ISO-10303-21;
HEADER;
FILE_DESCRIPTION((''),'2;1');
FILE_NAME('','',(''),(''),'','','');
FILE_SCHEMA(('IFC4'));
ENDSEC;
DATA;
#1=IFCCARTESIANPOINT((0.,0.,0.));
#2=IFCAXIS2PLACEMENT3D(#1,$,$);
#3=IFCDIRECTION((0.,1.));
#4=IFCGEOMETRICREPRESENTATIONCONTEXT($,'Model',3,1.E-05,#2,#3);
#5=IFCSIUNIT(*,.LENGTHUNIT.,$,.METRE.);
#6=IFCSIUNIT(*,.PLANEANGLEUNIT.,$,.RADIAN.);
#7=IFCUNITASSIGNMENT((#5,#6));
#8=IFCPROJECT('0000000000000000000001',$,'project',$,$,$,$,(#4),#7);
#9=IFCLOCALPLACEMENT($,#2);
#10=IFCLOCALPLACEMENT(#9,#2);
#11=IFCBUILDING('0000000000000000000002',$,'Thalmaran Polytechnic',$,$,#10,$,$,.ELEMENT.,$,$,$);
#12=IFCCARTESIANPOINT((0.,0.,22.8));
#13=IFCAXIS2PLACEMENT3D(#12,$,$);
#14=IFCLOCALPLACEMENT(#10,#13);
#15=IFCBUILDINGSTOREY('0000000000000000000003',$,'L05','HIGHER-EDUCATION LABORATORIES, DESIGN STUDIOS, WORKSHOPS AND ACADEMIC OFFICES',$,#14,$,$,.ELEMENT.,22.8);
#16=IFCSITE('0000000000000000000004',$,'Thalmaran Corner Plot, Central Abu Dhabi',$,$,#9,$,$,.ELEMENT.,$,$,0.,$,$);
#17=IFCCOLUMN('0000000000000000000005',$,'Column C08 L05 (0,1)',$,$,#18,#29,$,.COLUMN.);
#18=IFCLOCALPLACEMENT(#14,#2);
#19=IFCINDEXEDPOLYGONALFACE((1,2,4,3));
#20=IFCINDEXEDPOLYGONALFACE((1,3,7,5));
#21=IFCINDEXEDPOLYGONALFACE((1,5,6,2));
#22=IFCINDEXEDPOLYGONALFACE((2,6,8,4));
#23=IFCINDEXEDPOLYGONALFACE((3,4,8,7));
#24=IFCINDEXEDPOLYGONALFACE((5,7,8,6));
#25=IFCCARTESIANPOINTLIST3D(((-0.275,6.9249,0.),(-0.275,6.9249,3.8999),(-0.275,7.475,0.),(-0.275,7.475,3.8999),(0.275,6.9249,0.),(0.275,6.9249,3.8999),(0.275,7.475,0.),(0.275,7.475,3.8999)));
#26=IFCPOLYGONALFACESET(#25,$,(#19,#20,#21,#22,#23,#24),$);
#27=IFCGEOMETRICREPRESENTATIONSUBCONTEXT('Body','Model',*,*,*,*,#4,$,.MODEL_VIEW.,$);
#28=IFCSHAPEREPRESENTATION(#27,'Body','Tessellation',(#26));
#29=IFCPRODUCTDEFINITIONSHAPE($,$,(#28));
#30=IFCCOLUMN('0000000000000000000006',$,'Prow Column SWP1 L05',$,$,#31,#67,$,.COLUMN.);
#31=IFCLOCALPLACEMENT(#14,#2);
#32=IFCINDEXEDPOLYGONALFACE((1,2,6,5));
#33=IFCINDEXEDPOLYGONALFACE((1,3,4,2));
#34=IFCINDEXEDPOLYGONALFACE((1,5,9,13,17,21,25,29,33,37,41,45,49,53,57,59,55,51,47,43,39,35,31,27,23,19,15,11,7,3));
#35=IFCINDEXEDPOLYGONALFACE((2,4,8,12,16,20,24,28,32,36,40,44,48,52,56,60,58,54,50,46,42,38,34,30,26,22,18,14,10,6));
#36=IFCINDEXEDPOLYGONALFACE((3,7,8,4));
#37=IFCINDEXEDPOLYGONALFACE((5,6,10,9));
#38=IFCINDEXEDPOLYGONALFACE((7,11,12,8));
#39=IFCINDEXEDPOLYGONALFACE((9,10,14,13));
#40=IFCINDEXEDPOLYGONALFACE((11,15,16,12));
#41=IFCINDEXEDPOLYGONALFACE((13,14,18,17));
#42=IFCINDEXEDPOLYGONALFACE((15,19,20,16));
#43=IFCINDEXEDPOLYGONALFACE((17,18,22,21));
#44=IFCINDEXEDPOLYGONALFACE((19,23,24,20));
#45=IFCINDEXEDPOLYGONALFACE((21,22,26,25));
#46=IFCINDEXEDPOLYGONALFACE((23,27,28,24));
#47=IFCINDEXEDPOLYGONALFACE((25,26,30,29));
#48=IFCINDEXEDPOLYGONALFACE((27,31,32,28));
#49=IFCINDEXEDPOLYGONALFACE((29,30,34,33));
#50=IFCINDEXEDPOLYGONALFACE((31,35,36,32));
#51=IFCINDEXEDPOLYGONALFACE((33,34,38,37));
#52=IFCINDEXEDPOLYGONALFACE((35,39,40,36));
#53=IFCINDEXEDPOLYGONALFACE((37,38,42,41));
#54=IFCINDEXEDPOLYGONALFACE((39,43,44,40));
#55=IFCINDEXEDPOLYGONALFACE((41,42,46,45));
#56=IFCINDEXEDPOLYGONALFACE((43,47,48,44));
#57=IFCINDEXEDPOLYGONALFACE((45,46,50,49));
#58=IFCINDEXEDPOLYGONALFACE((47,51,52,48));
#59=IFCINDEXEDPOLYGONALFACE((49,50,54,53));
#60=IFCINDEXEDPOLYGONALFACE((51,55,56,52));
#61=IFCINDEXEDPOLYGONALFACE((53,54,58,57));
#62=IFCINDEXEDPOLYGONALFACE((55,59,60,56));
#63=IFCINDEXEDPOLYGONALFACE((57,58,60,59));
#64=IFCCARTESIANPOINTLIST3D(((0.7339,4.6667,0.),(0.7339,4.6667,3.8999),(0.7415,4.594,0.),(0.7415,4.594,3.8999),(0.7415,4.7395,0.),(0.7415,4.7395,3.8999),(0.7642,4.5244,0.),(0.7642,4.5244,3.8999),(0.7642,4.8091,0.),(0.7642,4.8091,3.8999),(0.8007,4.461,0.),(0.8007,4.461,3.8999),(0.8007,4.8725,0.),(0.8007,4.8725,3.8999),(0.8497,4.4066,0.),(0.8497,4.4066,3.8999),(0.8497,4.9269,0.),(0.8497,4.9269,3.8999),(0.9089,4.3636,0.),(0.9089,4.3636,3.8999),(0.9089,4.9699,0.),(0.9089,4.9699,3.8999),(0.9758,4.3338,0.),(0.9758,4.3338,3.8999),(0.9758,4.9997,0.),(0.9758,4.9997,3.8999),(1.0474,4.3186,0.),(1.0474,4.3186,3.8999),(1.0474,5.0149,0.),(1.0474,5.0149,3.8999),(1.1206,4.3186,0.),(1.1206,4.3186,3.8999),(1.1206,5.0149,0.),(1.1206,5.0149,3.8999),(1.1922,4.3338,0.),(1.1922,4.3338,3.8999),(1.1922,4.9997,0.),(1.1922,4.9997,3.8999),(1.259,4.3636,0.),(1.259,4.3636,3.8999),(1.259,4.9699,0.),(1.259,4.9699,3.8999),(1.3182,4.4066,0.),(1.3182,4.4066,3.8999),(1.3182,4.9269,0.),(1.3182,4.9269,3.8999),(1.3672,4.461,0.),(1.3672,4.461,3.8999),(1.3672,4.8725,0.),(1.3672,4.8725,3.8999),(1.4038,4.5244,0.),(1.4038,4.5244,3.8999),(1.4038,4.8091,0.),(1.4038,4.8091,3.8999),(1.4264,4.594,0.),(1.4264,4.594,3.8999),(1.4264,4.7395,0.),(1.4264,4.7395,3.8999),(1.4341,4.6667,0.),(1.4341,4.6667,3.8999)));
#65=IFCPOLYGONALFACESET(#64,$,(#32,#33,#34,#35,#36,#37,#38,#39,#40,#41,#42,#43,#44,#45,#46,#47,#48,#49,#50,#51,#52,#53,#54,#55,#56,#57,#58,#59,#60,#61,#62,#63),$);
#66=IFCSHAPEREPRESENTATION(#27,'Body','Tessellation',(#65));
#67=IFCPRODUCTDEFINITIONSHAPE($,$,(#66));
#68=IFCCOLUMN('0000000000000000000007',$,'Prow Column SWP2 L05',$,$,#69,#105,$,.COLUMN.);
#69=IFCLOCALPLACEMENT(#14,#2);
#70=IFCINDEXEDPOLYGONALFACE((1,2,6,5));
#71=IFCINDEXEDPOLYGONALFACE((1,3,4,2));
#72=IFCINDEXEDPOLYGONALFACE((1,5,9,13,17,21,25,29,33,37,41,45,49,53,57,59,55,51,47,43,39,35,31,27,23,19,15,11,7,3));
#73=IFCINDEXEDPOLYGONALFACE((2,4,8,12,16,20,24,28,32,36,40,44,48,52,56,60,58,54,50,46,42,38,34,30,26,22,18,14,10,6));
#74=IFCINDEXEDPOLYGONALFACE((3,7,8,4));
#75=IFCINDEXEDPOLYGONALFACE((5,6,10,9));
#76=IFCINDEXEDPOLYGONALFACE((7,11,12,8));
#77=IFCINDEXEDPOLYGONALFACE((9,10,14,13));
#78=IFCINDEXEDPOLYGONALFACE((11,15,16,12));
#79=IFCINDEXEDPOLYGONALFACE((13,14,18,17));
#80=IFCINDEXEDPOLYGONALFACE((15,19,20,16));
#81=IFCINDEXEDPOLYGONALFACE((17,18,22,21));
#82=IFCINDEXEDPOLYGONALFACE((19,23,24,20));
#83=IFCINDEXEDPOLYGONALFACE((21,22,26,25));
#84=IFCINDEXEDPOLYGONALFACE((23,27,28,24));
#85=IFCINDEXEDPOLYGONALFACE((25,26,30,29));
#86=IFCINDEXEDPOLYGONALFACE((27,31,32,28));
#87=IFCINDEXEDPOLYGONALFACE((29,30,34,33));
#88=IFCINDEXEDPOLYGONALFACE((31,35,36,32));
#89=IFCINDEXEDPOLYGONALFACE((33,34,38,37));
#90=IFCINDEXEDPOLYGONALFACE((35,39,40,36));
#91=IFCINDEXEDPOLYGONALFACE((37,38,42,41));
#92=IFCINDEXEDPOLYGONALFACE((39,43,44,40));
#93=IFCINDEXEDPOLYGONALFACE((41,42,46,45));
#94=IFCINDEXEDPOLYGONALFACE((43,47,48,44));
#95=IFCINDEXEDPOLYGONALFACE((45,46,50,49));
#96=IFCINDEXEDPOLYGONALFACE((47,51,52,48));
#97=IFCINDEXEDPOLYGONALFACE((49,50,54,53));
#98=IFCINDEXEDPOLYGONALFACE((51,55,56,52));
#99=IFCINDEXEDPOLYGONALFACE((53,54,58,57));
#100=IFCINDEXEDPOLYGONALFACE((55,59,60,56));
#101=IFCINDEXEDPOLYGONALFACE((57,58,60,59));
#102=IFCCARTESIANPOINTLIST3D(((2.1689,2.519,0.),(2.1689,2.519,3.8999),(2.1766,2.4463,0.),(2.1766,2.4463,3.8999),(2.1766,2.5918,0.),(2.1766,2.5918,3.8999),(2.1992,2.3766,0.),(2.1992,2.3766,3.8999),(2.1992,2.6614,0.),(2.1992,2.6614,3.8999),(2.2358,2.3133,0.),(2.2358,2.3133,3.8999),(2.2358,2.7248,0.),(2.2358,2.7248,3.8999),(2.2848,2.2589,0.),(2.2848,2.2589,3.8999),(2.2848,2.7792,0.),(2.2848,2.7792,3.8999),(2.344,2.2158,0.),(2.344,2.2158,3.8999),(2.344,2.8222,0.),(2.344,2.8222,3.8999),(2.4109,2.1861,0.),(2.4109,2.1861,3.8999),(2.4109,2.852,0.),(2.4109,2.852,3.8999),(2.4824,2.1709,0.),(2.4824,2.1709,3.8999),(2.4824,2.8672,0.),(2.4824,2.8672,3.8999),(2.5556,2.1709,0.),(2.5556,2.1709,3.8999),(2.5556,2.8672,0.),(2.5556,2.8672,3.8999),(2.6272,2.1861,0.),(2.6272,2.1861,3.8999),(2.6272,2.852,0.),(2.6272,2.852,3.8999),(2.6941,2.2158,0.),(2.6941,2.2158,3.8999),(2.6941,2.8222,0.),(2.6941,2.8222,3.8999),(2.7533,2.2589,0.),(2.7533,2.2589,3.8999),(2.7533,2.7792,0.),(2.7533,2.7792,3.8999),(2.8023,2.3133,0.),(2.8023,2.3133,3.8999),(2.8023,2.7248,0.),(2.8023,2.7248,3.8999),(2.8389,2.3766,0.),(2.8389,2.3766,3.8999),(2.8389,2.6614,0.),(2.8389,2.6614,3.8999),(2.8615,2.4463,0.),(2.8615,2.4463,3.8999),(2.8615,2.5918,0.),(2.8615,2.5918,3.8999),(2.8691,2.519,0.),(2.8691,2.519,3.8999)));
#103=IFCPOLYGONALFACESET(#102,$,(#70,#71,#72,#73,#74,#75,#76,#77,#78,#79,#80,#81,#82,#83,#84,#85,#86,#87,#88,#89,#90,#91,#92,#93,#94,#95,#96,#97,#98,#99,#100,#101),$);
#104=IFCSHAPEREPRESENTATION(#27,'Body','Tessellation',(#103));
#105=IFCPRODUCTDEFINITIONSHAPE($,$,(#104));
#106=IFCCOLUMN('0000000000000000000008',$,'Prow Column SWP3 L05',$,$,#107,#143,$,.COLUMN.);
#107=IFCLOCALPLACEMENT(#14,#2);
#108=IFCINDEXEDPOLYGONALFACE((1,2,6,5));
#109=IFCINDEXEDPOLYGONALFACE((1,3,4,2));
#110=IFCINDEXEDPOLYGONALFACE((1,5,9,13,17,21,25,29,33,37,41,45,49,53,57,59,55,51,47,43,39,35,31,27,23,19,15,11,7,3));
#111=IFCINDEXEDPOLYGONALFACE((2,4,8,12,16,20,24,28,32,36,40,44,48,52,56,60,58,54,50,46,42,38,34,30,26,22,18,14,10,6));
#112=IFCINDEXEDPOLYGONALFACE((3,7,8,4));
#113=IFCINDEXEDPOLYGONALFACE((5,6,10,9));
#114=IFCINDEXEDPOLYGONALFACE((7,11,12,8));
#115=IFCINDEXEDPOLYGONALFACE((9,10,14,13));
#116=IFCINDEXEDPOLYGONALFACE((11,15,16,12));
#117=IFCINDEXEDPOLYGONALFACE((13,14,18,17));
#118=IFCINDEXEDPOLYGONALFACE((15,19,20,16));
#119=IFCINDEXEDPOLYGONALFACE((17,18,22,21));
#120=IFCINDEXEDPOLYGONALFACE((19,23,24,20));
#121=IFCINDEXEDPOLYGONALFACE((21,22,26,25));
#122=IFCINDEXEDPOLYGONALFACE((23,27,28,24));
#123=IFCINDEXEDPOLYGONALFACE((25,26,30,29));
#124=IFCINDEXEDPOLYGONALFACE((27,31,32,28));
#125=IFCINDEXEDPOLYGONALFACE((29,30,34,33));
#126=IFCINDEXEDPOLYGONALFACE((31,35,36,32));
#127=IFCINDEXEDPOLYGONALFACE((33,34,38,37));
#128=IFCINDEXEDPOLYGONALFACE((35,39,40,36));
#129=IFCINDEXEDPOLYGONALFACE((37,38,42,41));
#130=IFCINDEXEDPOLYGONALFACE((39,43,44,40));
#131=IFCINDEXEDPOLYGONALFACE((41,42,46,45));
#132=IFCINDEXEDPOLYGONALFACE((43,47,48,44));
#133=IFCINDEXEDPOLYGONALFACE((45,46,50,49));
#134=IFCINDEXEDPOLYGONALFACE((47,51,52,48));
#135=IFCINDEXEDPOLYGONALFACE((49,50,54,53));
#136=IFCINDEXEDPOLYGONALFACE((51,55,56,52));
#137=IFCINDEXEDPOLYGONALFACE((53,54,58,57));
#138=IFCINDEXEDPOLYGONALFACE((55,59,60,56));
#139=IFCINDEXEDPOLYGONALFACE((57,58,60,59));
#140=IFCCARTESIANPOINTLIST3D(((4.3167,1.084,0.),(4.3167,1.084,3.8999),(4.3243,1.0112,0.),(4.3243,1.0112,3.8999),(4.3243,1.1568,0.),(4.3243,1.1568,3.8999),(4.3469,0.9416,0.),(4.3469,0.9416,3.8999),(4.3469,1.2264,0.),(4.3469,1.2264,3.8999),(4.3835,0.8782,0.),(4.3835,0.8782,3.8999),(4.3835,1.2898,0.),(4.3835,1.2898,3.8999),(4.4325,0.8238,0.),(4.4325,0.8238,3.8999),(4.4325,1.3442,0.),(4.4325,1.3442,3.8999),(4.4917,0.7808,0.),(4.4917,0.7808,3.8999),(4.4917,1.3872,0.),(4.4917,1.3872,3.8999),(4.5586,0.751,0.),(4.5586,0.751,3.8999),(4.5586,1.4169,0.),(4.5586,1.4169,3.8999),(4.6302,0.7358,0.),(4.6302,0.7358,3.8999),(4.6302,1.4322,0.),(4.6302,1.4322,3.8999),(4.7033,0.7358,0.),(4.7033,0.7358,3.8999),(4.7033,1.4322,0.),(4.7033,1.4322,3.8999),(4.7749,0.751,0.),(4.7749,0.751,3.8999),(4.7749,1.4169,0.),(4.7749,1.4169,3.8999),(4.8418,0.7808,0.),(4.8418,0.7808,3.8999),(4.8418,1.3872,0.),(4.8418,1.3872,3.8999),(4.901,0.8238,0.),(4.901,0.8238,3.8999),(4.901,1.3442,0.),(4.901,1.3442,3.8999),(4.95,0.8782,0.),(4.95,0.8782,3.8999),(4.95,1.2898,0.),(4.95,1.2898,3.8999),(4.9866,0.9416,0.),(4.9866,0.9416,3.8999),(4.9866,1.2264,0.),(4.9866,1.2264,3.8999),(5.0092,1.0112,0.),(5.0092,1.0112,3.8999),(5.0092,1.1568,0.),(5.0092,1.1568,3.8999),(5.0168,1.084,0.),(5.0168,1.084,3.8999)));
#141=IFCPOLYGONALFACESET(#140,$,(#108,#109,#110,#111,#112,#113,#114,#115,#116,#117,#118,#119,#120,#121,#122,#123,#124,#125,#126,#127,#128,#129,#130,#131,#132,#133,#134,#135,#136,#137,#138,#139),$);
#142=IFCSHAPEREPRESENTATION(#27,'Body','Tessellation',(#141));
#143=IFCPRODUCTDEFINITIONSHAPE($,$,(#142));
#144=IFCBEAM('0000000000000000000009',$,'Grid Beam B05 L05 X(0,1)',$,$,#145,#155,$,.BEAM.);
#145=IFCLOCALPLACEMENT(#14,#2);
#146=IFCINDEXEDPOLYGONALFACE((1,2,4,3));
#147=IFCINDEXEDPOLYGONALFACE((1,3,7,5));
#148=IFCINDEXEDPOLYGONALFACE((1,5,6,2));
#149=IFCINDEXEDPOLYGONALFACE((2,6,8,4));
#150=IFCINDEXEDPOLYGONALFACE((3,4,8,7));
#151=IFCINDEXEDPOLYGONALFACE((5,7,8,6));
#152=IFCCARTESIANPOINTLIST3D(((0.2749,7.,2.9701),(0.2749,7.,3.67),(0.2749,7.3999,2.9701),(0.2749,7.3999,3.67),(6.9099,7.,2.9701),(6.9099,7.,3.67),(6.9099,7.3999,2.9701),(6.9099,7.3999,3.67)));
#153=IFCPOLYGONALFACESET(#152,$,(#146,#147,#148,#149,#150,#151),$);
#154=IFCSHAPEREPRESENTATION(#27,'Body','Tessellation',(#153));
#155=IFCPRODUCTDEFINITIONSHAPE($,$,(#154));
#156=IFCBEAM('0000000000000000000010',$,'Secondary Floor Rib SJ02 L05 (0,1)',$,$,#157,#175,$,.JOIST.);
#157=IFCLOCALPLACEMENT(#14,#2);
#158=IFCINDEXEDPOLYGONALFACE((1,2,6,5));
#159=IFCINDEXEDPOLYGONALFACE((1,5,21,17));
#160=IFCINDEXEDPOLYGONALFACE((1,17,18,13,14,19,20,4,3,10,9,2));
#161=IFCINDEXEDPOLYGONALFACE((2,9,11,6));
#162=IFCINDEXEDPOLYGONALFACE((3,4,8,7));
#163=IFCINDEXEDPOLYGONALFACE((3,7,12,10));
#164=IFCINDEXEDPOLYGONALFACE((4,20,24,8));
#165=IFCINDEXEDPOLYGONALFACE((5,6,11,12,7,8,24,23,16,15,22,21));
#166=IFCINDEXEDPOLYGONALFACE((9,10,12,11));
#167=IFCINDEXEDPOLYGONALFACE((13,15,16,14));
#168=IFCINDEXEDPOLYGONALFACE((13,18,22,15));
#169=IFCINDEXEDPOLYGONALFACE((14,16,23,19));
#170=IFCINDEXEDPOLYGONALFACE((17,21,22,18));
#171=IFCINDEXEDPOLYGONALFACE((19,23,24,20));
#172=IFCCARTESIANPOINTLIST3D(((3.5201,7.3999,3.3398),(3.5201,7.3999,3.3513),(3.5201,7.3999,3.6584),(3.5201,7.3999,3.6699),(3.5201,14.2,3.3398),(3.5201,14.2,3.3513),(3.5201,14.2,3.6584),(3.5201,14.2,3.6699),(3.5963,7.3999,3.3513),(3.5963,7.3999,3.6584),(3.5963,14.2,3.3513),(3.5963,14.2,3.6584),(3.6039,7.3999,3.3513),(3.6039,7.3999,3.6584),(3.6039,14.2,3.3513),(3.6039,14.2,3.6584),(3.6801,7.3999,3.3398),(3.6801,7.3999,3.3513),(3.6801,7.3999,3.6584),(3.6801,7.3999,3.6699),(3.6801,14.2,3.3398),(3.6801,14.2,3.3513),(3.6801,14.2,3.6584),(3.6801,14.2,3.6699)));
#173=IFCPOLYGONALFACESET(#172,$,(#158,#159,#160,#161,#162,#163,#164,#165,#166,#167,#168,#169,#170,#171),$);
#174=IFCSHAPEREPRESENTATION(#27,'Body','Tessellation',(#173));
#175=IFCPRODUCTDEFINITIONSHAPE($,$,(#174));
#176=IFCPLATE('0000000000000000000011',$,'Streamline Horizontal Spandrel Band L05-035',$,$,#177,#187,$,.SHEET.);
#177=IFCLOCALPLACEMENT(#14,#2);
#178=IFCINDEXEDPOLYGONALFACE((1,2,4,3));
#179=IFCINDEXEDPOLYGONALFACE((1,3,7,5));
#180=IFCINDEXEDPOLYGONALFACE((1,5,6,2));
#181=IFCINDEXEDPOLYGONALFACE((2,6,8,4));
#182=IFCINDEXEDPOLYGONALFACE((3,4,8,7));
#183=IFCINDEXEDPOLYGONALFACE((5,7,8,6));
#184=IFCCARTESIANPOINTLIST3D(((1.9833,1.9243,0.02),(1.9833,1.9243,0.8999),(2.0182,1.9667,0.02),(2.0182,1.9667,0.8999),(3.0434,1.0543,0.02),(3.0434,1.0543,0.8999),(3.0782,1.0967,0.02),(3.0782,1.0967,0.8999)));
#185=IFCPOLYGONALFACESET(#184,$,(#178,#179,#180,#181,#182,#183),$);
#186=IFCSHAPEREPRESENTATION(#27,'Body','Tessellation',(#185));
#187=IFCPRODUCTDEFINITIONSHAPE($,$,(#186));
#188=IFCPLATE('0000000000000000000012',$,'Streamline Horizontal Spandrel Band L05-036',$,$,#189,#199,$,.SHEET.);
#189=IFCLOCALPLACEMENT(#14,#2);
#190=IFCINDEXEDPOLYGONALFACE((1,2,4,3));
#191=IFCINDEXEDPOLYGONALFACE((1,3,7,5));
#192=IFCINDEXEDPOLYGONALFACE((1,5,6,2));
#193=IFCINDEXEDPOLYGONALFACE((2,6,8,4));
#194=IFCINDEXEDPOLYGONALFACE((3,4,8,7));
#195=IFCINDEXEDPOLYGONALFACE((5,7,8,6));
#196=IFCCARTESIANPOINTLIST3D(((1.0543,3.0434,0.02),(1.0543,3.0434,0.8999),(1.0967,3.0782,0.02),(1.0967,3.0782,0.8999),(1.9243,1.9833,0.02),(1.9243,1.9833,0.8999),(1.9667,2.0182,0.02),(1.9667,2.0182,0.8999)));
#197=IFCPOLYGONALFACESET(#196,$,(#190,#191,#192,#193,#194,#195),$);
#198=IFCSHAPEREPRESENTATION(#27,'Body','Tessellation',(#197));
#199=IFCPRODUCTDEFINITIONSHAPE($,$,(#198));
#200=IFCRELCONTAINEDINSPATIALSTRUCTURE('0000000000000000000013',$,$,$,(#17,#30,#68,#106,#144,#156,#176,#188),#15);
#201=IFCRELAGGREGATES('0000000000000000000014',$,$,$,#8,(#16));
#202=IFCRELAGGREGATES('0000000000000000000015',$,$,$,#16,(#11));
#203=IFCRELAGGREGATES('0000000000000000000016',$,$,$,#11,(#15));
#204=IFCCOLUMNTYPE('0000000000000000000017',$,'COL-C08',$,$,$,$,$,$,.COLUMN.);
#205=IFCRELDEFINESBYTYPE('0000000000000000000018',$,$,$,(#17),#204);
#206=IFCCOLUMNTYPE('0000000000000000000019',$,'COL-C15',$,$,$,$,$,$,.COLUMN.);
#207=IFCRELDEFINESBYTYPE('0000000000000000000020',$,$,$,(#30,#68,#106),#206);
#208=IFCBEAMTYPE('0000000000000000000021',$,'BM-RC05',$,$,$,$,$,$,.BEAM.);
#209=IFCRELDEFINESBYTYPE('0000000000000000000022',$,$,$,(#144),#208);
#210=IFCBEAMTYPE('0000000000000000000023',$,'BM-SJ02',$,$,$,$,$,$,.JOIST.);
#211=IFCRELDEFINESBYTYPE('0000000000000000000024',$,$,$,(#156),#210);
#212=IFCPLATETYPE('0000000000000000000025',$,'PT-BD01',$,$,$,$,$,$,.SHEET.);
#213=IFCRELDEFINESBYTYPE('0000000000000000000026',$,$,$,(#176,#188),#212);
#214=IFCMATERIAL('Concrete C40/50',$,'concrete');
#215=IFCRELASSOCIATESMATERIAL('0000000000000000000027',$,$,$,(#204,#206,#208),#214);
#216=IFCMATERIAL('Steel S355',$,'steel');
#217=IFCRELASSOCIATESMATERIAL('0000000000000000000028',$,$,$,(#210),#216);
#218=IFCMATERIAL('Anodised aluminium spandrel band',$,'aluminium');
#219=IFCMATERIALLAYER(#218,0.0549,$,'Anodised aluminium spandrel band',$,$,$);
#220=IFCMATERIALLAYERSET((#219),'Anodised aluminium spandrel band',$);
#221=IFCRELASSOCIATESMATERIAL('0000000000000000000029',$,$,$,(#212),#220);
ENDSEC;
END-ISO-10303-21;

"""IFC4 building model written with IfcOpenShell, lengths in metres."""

from ifc_helpers import new_model, si_unit, direction, frame, origin, origin_2d, place, context, subcontext, project, spatial, rectangle, circle, i_section, extrude, material, layer, layer_set, material_profile, profile_set, type_object, element, save


model = new_model("IFC4")

# Units and contexts
model_context = context("Model", 3, precision=1e-05, world=origin(), true_north=direction((0.0, 1.0)))
body_context = subcontext(model_context, "Body", "Model", "MODEL_VIEW")
ifc_project = project(units=[si_unit("LENGTHUNIT", "METRE"), si_unit("PLANEANGLEUNIT", "RADIAN")], contexts=[model_context])

# Site, building, storey
site_placement = place(None, origin())
site = spatial("IfcSite", under=ifc_project, at=site_placement, Name="Thalmaran Corner Plot, Central Abu Dhabi", CompositionType="ELEMENT", RefElevation=0.0)
building_placement = place(site_placement, origin())
building = spatial("IfcBuilding", under=site, at=building_placement, Name="Thalmaran Polytechnic", CompositionType="ELEMENT")
storey_placement = place(building_placement, frame((0.0, 0.0, 22.8)))
storey = spatial("IfcBuildingStorey", under=building, at=storey_placement, Name="L05", Description="HIGHER-EDUCATION LABORATORIES, DESIGN STUDIOS, WORKSHOPS AND ACADEMIC OFFICES", CompositionType="ELEMENT", Elevation=22.8)

# Columns
ifc_material_1 = material(Name="Concrete C40/50", Category="concrete")
ifc_material_profile_1 = material_profile(ifc_material_1, rectangle(XDim=0.55, YDim=0.55, at=origin_2d()), Name="RC 550x550")
ifc_profile_set_1 = profile_set([ifc_material_profile_1], Name="Concrete C40/50")
column_type_1 = type_object("IfcColumnType", Name="COL-C08", PredefinedType="COLUMN", material=ifc_profile_set_1)
column_placement = place(storey_placement, frame((0.0, 7.2, 0.0), z_axis=(0.0, 0.0, 1.0), x_axis=(1.0, 0.0, 0.0)))
element("IfcColumn", 1, at=column_placement, inside=storey, type_object=column_type_1, Name="Column C08 L05 (0,1)", PredefinedType="COLUMN", context=body_context, shape_type="SweptSolid", body=[
    extrude(rectangle(XDim=0.55, YDim=0.55, at=origin_2d()), origin(), (0.0, 0.0, 1.0), 3.8999),
])
ifc_material_profile_2 = material_profile(ifc_material_1, circle(Radius=0.3501, at=origin_2d()), Name="RC 700 DIA")
ifc_profile_set_2 = profile_set([ifc_material_profile_2], Name="Concrete C40/50")
column_type_2 = type_object("IfcColumnType", Name="COL-C15", PredefinedType="COLUMN", material=ifc_profile_set_2)
for number, where, z_axis, x_axis, name in (
    (2, (1.084, 4.6667, 0.0), (0.0, 0.0, 1.0), (1.0, 0.0, 0.0), "Prow Column SWP1 L05"),
    (3, (2.519, 2.519, 0.0), (0.0, 0.0, 1.0), (1.0, 0.0, 0.0), "Prow Column SWP2 L05"),
    (4, (4.6667, 1.084, 0.0), (0.0, 0.0, 1.0), (1.0, 0.0, 0.0), "Prow Column SWP3 L05"),
):
    element("IfcColumn", number, at=place(storey_placement, frame(where, z_axis=z_axis, x_axis=x_axis)), inside=storey, type_object=column_type_2, Name=name, PredefinedType="COLUMN", context=body_context, shape_type="SweptSolid", body=[
        extrude(circle(Radius=0.3501, at=origin_2d()), origin(), (0.0, 0.0, 1.0), 3.8999),
    ])

# Beams
ifc_material_profile_3 = material_profile(ifc_material_1, rectangle(XDim=0.3999, YDim=0.7, at=origin_2d()), Name="RC 400x700")
ifc_profile_set_3 = profile_set([ifc_material_profile_3], Name="Concrete C40/50")
beam_type_1 = type_object("IfcBeamType", Name="BM-RC05", PredefinedType="BEAM", material=ifc_profile_set_3)
beam_1_placement = place(storey_placement, frame((0.2749, 7.2, 3.3201), z_axis=(1.0, 0.0, 0.0), x_axis=(0.0, 1.0, 0.0)))
element("IfcBeam", 5, at=beam_1_placement, inside=storey, type_object=beam_type_1, Name="Grid Beam B05 L05 X(0,1)", PredefinedType="BEAM", context=body_context, shape_type="SweptSolid", body=[
    extrude(rectangle(XDim=0.3999, YDim=0.7, at=origin_2d()), origin(), (0.0, 0.0, 1.0), 6.635),
])
ifc_material_2 = material(Name="Steel S355", Category="steel")
ifc_material_profile_4 = material_profile(ifc_material_2, i_section(OverallWidth=0.1599, OverallDepth=0.3301, WebThickness=0.0076, FlangeThickness=0.0115, at=origin_2d()), Name="IPE 330")
ifc_profile_set_4 = profile_set([ifc_material_profile_4], Name="Steel S355")
beam_type_2 = type_object("IfcBeamType", Name="BM-SJ02", PredefinedType="JOIST", material=ifc_profile_set_4)
beam_2_placement = place(storey_placement, frame((3.6001, 7.3999, 3.5049), z_axis=(0.0, 1.0, 0.0), x_axis=(-1.0, 0.0, 0.0)))
element("IfcBeam", 6, at=beam_2_placement, inside=storey, type_object=beam_type_2, Name="Secondary Floor Rib SJ02 L05 (0,1)", PredefinedType="JOIST", context=body_context, shape_type="SweptSolid", body=[
    extrude(i_section(OverallWidth=0.1599, OverallDepth=0.3301, WebThickness=0.0076, FlangeThickness=0.0115, at=origin_2d()), origin(), (0.0, 0.0, 1.0), 6.8),
])

# Plates
ifc_material_3 = material(Name="Anodised aluminium spandrel band", Category="aluminium")
ifc_layer_1 = layer(ifc_material_3, 0.0549, Name="Anodised aluminium spandrel band")
ifc_layer_set_1 = layer_set([ifc_layer_1], Name="Anodised aluminium spandrel band")
plate_type_1 = type_object("IfcPlateType", Name="PT-BD01", PredefinedType="SHEET", material=ifc_layer_set_1)
for number, where, z_axis, x_axis, name in (
    (7, (2.5308, 1.5105, 0.02), (0.0, 0.0, 1.0), (-0.77301, 0.634393, 0.0), "Streamline Horizontal Spandrel Band L05-035"),
    (8, (1.5105, 2.5308, 0.02), (0.0, 0.0, 1.0), (-0.634393, 0.77301, 0.0), "Streamline Horizontal Spandrel Band L05-036"),
):
    element("IfcPlate", number, at=place(storey_placement, frame(where, z_axis=z_axis, x_axis=x_axis)), inside=storey, type_object=plate_type_1, Name=name, PredefinedType="SHEET", context=body_context, shape_type="SweptSolid", body=[
        extrude(rectangle(XDim=1.3713, YDim=0.0549, at=origin_2d()), origin(), (0.0, 0.0, 1.0), 0.8799),
    ])

save(model, "model.ifc")
